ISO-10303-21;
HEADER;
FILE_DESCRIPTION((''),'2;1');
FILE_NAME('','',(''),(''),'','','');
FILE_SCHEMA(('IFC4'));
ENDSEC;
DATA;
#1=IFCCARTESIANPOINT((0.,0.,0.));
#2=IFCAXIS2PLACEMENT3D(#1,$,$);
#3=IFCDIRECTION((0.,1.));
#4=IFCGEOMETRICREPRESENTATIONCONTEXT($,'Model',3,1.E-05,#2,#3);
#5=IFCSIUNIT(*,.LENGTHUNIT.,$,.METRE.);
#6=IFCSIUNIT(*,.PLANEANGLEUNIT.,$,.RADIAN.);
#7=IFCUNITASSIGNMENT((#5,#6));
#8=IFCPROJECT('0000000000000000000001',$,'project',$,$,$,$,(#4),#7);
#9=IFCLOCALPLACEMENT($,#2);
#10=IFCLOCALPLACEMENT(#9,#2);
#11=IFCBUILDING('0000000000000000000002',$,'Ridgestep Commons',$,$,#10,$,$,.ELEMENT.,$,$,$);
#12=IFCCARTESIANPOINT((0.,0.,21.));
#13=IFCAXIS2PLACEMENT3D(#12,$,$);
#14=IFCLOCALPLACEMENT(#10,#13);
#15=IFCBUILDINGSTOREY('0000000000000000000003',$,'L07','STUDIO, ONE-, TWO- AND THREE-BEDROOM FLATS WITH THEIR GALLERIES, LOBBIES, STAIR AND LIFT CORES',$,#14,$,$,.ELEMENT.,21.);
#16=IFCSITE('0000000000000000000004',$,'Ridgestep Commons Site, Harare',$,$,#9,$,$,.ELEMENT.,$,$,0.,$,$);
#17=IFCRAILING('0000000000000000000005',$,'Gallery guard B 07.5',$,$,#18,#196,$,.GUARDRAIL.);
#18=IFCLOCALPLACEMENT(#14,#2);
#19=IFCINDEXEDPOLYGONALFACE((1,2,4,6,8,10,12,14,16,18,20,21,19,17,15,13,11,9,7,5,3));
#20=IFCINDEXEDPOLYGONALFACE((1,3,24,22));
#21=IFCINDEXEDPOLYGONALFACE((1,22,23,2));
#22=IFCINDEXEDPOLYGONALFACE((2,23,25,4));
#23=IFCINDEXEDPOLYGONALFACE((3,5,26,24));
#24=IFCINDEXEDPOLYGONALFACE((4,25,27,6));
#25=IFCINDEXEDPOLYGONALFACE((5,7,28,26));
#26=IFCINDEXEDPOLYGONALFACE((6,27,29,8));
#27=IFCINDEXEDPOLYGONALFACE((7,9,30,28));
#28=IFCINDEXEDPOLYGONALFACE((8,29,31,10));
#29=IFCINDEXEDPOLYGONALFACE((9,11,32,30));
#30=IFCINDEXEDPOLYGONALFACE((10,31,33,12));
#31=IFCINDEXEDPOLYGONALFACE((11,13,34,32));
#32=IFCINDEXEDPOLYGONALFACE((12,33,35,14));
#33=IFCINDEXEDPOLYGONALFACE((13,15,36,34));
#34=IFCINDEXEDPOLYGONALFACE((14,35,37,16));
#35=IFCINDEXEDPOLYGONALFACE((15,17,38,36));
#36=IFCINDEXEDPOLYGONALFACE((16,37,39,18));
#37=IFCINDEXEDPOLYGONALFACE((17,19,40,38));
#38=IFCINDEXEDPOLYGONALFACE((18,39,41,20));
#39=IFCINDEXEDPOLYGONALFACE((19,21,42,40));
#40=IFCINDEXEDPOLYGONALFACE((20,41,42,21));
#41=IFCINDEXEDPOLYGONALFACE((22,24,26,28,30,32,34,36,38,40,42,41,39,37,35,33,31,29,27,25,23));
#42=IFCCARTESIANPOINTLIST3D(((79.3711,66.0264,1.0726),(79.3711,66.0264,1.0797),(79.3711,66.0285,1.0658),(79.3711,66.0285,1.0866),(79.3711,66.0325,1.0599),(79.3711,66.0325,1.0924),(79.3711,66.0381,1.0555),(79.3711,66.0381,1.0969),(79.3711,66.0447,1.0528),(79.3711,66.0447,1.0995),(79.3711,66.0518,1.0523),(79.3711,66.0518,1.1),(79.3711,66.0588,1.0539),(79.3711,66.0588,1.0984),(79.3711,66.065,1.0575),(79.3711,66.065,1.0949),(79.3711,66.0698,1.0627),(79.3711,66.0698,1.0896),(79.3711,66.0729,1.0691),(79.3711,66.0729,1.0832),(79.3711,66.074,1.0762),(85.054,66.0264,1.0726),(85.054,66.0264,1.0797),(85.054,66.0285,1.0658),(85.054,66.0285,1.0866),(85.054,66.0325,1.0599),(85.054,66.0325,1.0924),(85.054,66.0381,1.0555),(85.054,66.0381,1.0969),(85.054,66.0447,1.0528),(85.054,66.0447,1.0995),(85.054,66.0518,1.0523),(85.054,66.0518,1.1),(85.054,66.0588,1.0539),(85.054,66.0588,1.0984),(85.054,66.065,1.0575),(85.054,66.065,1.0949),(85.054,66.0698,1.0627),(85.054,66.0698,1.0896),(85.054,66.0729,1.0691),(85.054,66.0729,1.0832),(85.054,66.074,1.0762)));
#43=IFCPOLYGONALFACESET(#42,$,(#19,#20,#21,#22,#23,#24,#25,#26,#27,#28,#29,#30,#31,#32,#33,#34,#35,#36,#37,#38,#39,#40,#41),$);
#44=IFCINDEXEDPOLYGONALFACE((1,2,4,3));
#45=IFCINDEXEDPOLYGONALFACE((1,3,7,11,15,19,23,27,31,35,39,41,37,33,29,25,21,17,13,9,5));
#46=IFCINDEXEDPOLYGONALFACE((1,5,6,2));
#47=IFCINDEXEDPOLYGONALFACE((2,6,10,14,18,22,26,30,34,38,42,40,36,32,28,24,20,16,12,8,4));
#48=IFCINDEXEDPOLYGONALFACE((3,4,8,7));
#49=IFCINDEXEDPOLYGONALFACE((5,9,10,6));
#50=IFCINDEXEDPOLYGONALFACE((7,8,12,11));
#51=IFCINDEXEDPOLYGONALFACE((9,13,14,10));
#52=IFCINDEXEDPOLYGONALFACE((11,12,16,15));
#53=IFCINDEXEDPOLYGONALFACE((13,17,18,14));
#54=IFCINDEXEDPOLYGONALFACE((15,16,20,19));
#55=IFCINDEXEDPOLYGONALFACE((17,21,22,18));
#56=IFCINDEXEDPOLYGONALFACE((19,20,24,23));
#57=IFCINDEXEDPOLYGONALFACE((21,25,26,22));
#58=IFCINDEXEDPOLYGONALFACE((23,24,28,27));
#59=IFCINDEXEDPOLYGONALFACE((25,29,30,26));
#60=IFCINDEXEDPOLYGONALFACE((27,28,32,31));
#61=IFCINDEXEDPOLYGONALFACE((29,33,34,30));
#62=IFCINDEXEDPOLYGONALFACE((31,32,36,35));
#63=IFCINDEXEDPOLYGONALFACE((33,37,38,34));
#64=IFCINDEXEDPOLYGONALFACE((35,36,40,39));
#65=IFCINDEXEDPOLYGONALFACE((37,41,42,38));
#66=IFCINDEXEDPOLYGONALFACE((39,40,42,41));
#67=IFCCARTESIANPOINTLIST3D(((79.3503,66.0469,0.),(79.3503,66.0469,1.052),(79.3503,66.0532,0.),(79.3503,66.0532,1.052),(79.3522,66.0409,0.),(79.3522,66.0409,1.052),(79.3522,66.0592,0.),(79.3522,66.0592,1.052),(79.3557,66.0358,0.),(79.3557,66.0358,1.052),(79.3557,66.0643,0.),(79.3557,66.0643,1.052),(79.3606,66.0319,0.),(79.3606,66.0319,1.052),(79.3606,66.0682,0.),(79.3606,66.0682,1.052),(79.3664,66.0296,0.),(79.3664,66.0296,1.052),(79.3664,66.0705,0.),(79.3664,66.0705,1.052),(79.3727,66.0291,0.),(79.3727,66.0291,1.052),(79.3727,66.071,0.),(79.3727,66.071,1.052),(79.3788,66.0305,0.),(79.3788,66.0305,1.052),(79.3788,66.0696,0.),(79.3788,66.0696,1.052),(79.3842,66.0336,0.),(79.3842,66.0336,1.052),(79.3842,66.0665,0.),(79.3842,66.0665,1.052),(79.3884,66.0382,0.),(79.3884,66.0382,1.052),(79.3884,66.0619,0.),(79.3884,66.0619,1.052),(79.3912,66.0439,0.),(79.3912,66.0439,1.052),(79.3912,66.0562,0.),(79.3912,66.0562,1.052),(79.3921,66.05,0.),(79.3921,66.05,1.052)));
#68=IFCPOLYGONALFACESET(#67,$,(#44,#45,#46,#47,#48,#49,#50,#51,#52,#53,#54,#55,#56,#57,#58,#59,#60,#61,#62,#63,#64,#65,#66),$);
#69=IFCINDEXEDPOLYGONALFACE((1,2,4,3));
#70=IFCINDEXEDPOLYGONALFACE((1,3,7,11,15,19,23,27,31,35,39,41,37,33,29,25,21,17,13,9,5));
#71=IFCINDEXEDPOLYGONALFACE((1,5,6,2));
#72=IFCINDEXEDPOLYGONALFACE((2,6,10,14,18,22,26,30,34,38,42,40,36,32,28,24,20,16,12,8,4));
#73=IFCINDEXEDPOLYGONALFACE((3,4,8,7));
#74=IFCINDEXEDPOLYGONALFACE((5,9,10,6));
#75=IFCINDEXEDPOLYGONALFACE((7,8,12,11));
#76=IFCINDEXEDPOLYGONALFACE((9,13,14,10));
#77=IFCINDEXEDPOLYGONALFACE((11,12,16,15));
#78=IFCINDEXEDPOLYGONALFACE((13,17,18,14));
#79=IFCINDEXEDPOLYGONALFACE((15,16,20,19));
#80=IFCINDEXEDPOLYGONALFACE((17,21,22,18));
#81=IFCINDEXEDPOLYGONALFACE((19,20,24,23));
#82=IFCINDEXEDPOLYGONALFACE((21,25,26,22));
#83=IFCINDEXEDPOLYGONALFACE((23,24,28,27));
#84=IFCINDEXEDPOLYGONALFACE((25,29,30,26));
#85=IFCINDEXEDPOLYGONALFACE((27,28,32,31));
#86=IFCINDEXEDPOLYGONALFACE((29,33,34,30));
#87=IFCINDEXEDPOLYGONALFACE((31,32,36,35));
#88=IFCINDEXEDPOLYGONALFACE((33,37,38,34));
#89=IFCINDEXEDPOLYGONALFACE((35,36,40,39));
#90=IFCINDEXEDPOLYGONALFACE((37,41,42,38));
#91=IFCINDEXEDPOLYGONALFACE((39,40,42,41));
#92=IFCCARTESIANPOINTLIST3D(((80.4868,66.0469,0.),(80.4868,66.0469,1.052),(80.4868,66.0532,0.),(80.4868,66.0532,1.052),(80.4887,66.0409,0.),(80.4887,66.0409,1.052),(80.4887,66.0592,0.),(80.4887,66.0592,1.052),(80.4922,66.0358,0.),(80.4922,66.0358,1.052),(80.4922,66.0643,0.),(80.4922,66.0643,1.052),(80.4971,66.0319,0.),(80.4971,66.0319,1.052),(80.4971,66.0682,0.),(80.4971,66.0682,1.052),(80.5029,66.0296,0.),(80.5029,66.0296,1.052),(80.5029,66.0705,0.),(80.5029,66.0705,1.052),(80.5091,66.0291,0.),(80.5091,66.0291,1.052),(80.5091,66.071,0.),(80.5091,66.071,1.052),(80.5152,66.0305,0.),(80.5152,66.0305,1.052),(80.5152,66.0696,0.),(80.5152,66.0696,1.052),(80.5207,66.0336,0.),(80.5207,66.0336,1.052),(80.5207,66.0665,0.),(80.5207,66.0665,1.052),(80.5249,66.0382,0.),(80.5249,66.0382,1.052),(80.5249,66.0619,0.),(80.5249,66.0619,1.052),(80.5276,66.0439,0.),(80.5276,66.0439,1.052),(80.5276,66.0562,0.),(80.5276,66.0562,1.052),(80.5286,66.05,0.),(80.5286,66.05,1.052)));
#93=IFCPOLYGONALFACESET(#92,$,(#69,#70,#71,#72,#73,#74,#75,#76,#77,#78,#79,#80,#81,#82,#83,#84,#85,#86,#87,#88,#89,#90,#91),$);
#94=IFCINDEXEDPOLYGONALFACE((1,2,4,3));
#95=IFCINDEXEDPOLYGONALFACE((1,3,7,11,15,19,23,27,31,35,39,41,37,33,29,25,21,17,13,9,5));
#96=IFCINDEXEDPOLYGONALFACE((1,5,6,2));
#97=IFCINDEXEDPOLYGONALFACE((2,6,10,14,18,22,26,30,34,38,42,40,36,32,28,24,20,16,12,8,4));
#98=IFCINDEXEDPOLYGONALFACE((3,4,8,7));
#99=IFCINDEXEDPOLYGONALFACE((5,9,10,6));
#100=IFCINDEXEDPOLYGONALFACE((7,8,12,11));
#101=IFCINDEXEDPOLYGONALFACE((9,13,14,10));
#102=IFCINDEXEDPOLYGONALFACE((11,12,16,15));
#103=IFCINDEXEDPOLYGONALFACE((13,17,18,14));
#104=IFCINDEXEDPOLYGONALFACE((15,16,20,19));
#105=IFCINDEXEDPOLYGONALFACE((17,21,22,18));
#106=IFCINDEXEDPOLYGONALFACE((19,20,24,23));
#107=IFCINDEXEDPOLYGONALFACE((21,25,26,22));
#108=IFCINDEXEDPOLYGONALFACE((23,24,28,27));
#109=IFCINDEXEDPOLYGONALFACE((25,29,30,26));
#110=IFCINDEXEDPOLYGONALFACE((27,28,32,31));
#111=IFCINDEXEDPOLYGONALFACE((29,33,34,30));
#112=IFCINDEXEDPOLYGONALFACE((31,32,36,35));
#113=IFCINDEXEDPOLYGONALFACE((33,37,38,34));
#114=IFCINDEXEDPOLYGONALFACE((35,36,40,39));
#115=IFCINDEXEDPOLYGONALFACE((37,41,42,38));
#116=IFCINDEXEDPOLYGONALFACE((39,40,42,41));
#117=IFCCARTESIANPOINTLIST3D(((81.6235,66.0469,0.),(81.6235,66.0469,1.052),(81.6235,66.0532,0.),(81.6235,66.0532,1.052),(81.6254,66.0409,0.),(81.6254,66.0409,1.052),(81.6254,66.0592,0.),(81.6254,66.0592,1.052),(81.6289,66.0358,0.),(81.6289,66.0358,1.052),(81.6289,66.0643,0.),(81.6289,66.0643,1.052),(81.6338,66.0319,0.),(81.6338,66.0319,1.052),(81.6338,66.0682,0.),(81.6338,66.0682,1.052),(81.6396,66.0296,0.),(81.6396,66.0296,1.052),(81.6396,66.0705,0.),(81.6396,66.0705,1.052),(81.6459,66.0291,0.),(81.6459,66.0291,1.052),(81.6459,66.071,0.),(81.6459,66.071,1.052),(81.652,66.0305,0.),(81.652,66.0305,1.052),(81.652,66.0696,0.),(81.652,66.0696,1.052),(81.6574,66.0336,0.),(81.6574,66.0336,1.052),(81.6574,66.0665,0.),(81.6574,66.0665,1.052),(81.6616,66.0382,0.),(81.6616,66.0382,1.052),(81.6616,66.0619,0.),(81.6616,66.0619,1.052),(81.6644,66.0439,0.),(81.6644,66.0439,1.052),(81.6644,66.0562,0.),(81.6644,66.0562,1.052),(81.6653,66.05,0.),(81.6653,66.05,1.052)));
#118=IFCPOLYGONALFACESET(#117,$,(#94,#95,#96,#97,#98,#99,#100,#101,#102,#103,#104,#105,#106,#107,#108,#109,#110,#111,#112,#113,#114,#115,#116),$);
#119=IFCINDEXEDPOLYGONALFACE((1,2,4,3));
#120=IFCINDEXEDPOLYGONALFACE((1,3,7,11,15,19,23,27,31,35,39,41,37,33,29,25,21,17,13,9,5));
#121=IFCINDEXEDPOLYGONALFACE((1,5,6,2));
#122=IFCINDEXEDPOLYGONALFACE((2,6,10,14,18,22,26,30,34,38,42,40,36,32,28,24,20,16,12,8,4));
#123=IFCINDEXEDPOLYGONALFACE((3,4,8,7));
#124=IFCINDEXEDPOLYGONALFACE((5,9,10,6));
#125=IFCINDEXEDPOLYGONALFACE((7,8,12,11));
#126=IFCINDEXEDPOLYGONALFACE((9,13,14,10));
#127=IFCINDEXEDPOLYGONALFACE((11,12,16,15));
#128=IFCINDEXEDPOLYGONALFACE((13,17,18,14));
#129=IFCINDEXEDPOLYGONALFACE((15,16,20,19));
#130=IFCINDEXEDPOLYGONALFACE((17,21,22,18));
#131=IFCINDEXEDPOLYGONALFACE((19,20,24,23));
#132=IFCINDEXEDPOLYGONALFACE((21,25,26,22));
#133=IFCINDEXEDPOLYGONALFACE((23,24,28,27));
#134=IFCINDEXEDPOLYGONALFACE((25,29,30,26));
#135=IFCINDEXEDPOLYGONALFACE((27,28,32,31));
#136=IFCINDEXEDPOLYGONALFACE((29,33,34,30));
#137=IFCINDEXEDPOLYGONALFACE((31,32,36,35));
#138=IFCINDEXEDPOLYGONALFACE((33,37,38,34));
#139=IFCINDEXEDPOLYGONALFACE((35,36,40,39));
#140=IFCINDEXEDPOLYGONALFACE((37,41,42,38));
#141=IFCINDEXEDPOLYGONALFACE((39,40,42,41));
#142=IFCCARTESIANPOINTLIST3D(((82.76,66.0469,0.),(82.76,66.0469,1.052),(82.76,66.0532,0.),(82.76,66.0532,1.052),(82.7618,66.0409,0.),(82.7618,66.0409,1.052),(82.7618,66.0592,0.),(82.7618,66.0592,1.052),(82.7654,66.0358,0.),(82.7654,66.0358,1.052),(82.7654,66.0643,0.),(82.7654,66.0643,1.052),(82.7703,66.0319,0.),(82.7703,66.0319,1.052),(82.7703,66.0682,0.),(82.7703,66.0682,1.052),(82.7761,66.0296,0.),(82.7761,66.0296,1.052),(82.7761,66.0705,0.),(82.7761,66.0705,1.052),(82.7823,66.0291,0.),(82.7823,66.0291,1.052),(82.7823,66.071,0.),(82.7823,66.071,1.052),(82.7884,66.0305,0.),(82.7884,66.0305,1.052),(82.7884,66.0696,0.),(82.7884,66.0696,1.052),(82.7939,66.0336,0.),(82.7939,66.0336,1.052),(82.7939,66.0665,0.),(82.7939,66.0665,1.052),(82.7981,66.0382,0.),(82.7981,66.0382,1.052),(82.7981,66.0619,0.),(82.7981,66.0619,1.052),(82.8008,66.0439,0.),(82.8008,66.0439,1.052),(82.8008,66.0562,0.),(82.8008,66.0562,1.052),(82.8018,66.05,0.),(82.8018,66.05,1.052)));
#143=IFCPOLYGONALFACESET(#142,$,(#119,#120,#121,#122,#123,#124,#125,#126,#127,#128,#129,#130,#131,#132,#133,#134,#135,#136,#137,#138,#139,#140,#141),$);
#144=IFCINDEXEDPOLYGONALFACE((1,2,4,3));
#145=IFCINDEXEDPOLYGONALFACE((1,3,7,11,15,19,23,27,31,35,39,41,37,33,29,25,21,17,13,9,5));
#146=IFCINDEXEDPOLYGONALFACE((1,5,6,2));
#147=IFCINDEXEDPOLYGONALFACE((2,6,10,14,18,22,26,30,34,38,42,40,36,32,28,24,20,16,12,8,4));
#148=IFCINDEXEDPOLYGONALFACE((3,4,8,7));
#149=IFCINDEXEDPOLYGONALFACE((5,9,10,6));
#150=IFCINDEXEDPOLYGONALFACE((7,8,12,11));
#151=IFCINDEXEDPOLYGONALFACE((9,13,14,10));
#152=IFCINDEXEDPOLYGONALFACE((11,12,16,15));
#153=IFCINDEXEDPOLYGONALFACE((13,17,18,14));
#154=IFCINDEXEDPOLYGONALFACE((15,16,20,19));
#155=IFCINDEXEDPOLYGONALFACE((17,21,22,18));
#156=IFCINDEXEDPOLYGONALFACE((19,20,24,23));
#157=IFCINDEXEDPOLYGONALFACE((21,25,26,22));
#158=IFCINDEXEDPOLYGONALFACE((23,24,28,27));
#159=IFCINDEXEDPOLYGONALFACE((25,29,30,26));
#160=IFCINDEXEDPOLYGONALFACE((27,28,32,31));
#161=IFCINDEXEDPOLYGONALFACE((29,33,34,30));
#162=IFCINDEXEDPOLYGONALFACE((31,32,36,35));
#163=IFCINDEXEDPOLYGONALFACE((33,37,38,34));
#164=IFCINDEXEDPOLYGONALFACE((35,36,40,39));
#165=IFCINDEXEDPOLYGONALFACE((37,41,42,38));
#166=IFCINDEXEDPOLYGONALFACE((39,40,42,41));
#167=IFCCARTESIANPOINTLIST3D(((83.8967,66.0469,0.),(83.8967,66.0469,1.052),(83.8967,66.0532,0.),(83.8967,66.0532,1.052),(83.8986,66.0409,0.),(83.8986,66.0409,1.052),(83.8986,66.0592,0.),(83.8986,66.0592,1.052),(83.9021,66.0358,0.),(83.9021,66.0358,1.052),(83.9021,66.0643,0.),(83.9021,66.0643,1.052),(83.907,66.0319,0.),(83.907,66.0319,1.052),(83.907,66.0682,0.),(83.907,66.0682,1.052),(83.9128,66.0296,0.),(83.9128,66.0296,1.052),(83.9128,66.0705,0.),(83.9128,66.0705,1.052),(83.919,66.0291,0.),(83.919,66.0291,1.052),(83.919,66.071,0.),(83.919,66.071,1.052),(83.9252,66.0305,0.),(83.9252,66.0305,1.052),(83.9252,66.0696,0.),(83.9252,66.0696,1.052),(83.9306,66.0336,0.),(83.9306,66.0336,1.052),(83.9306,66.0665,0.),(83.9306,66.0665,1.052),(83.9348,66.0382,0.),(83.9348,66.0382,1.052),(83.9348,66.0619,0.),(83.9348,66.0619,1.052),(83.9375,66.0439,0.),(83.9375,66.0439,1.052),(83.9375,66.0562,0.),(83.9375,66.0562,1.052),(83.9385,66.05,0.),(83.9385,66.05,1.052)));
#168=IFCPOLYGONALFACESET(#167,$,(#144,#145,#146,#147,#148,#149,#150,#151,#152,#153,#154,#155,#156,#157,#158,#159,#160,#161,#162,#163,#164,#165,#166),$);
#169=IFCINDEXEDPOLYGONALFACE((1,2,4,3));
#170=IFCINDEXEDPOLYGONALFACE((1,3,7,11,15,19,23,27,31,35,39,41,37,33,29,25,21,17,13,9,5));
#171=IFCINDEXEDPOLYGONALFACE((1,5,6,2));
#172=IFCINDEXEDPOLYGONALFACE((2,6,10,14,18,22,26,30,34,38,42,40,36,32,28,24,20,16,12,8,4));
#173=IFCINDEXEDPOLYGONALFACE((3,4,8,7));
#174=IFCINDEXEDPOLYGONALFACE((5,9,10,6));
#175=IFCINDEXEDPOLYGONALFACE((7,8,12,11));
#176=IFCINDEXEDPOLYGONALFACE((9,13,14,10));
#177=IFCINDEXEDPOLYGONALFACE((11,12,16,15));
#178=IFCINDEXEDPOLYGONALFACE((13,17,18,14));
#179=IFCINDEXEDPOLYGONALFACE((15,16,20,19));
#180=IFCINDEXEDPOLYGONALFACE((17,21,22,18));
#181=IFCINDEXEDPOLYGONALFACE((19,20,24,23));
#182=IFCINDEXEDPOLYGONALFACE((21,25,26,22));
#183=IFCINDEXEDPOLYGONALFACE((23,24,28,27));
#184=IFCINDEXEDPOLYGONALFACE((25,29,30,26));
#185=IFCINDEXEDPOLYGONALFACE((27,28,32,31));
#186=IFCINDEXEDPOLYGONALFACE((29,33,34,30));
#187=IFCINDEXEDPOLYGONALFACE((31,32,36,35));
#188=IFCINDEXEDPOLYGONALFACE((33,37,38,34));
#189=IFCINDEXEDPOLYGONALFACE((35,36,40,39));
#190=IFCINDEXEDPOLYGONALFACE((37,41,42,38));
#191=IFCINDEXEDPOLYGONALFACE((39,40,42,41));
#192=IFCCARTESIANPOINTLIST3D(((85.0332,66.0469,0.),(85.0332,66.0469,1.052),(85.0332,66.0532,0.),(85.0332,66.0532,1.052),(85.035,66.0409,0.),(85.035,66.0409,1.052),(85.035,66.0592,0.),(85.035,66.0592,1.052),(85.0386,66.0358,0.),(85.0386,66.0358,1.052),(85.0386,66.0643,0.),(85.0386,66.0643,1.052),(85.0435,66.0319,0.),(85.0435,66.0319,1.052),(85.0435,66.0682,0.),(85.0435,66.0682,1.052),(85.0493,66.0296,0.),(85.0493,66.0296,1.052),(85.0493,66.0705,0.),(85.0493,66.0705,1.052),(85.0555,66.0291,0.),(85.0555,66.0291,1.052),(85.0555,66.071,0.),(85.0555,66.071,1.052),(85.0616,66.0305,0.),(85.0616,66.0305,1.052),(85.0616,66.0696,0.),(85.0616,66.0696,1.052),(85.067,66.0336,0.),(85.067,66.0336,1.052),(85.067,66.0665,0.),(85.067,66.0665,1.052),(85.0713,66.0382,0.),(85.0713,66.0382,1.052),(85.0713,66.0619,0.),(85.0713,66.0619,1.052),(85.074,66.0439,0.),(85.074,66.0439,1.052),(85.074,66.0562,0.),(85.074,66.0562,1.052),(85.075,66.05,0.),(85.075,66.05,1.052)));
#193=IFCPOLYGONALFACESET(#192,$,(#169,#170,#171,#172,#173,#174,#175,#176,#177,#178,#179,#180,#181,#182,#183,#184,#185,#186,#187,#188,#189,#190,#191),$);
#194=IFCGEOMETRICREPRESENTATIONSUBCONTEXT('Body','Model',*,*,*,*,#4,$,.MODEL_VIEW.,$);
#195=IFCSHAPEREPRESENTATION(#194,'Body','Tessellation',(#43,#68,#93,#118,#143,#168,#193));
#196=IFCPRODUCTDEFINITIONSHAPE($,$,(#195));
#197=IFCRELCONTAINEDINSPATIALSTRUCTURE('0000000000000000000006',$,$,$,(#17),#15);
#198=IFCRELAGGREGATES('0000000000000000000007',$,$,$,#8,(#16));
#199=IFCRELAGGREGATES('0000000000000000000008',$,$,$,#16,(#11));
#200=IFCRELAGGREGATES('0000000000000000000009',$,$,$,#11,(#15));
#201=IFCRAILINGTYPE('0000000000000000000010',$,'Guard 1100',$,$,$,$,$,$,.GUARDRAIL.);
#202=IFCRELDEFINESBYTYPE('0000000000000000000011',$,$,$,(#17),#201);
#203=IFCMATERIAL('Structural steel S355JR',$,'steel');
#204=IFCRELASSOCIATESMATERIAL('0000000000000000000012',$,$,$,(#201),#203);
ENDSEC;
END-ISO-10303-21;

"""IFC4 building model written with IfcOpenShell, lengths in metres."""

from ifc_helpers import new_model, si_unit, direction, frame, origin, origin_2d, place, context, subcontext, project, spatial, circle, extrude, material, type_object, element, save


model = new_model("IFC4")

# Units and contexts
model_context = context("Model", 3, precision=1e-05, world=origin(), true_north=direction((0.0, 1.0)))
body_context = subcontext(model_context, "Body", "Model", "MODEL_VIEW")
ifc_project = project(units=[si_unit("LENGTHUNIT", "METRE"), si_unit("PLANEANGLEUNIT", "RADIAN")], contexts=[model_context])

# Site, building, storey
site_placement = place(None, origin())
site = spatial("IfcSite", under=ifc_project, at=site_placement, Name="Ridgestep Commons Site, Harare", CompositionType="ELEMENT", RefElevation=0.0)
building_placement = place(site_placement, origin())
building = spatial("IfcBuilding", under=site, at=building_placement, Name="Ridgestep Commons", CompositionType="ELEMENT")
storey_placement = place(building_placement, frame((0.0, 0.0, 21.0)))
storey = spatial("IfcBuildingStorey", under=building, at=storey_placement, Name="L07", Description="STUDIO, ONE-, TWO- AND THREE-BEDROOM FLATS WITH THEIR GALLERIES, LOBBIES, STAIR AND LIFT CORES", CompositionType="ELEMENT", Elevation=21.0)

# Railing
ifc_material_1 = material(Name="Structural steel S355JR", Category="steel")
railing_type = type_object("IfcRailingType", Name="Guard 1100", PredefinedType="GUARDRAIL", material=ifc_material_1)
railing_1_placement = place(storey_placement, frame((79.3711, 66.05, 0.0)))
element("IfcRailing", 1, at=railing_1_placement, inside=storey, type_object=railing_type, Name="Gallery guard B 07.5", PredefinedType="GUARDRAIL", context=body_context, shape_type="SweptSolid", body=[
    extrude(circle(Radius=0.0239, at=origin_2d()), frame((0.0, 0.0, 1.0762), z_axis=(1.0, 0.0, 0.0), x_axis=(0.0, 1.0, 0.0)), (0.0, 0.0, 1.0), 5.6829),
    extrude(circle(Radius=0.021, at=origin_2d()), origin(), (0.0, 0.0, 1.0), 1.052),
    extrude(circle(Radius=0.021, at=origin_2d()), frame((1.1365, 0.0, 0.0)), (0.0, 0.0, 1.0), 1.052),
    extrude(circle(Radius=0.021, at=origin_2d()), frame((2.2732, 0.0, 0.0)), (0.0, 0.0, 1.0), 1.052),
    extrude(circle(Radius=0.021, at=origin_2d()), frame((3.4097, 0.0, 0.0)), (0.0, 0.0, 1.0), 1.052),
    extrude(circle(Radius=0.021, at=origin_2d()), frame((4.5464, 0.0, 0.0)), (0.0, 0.0, 1.0), 1.052),
    extrude(circle(Radius=0.021, at=origin_2d()), frame((5.6829, 0.0, 0.0)), (0.0, 0.0, 1.0), 1.052),
])

save(model, "model.ifc")
